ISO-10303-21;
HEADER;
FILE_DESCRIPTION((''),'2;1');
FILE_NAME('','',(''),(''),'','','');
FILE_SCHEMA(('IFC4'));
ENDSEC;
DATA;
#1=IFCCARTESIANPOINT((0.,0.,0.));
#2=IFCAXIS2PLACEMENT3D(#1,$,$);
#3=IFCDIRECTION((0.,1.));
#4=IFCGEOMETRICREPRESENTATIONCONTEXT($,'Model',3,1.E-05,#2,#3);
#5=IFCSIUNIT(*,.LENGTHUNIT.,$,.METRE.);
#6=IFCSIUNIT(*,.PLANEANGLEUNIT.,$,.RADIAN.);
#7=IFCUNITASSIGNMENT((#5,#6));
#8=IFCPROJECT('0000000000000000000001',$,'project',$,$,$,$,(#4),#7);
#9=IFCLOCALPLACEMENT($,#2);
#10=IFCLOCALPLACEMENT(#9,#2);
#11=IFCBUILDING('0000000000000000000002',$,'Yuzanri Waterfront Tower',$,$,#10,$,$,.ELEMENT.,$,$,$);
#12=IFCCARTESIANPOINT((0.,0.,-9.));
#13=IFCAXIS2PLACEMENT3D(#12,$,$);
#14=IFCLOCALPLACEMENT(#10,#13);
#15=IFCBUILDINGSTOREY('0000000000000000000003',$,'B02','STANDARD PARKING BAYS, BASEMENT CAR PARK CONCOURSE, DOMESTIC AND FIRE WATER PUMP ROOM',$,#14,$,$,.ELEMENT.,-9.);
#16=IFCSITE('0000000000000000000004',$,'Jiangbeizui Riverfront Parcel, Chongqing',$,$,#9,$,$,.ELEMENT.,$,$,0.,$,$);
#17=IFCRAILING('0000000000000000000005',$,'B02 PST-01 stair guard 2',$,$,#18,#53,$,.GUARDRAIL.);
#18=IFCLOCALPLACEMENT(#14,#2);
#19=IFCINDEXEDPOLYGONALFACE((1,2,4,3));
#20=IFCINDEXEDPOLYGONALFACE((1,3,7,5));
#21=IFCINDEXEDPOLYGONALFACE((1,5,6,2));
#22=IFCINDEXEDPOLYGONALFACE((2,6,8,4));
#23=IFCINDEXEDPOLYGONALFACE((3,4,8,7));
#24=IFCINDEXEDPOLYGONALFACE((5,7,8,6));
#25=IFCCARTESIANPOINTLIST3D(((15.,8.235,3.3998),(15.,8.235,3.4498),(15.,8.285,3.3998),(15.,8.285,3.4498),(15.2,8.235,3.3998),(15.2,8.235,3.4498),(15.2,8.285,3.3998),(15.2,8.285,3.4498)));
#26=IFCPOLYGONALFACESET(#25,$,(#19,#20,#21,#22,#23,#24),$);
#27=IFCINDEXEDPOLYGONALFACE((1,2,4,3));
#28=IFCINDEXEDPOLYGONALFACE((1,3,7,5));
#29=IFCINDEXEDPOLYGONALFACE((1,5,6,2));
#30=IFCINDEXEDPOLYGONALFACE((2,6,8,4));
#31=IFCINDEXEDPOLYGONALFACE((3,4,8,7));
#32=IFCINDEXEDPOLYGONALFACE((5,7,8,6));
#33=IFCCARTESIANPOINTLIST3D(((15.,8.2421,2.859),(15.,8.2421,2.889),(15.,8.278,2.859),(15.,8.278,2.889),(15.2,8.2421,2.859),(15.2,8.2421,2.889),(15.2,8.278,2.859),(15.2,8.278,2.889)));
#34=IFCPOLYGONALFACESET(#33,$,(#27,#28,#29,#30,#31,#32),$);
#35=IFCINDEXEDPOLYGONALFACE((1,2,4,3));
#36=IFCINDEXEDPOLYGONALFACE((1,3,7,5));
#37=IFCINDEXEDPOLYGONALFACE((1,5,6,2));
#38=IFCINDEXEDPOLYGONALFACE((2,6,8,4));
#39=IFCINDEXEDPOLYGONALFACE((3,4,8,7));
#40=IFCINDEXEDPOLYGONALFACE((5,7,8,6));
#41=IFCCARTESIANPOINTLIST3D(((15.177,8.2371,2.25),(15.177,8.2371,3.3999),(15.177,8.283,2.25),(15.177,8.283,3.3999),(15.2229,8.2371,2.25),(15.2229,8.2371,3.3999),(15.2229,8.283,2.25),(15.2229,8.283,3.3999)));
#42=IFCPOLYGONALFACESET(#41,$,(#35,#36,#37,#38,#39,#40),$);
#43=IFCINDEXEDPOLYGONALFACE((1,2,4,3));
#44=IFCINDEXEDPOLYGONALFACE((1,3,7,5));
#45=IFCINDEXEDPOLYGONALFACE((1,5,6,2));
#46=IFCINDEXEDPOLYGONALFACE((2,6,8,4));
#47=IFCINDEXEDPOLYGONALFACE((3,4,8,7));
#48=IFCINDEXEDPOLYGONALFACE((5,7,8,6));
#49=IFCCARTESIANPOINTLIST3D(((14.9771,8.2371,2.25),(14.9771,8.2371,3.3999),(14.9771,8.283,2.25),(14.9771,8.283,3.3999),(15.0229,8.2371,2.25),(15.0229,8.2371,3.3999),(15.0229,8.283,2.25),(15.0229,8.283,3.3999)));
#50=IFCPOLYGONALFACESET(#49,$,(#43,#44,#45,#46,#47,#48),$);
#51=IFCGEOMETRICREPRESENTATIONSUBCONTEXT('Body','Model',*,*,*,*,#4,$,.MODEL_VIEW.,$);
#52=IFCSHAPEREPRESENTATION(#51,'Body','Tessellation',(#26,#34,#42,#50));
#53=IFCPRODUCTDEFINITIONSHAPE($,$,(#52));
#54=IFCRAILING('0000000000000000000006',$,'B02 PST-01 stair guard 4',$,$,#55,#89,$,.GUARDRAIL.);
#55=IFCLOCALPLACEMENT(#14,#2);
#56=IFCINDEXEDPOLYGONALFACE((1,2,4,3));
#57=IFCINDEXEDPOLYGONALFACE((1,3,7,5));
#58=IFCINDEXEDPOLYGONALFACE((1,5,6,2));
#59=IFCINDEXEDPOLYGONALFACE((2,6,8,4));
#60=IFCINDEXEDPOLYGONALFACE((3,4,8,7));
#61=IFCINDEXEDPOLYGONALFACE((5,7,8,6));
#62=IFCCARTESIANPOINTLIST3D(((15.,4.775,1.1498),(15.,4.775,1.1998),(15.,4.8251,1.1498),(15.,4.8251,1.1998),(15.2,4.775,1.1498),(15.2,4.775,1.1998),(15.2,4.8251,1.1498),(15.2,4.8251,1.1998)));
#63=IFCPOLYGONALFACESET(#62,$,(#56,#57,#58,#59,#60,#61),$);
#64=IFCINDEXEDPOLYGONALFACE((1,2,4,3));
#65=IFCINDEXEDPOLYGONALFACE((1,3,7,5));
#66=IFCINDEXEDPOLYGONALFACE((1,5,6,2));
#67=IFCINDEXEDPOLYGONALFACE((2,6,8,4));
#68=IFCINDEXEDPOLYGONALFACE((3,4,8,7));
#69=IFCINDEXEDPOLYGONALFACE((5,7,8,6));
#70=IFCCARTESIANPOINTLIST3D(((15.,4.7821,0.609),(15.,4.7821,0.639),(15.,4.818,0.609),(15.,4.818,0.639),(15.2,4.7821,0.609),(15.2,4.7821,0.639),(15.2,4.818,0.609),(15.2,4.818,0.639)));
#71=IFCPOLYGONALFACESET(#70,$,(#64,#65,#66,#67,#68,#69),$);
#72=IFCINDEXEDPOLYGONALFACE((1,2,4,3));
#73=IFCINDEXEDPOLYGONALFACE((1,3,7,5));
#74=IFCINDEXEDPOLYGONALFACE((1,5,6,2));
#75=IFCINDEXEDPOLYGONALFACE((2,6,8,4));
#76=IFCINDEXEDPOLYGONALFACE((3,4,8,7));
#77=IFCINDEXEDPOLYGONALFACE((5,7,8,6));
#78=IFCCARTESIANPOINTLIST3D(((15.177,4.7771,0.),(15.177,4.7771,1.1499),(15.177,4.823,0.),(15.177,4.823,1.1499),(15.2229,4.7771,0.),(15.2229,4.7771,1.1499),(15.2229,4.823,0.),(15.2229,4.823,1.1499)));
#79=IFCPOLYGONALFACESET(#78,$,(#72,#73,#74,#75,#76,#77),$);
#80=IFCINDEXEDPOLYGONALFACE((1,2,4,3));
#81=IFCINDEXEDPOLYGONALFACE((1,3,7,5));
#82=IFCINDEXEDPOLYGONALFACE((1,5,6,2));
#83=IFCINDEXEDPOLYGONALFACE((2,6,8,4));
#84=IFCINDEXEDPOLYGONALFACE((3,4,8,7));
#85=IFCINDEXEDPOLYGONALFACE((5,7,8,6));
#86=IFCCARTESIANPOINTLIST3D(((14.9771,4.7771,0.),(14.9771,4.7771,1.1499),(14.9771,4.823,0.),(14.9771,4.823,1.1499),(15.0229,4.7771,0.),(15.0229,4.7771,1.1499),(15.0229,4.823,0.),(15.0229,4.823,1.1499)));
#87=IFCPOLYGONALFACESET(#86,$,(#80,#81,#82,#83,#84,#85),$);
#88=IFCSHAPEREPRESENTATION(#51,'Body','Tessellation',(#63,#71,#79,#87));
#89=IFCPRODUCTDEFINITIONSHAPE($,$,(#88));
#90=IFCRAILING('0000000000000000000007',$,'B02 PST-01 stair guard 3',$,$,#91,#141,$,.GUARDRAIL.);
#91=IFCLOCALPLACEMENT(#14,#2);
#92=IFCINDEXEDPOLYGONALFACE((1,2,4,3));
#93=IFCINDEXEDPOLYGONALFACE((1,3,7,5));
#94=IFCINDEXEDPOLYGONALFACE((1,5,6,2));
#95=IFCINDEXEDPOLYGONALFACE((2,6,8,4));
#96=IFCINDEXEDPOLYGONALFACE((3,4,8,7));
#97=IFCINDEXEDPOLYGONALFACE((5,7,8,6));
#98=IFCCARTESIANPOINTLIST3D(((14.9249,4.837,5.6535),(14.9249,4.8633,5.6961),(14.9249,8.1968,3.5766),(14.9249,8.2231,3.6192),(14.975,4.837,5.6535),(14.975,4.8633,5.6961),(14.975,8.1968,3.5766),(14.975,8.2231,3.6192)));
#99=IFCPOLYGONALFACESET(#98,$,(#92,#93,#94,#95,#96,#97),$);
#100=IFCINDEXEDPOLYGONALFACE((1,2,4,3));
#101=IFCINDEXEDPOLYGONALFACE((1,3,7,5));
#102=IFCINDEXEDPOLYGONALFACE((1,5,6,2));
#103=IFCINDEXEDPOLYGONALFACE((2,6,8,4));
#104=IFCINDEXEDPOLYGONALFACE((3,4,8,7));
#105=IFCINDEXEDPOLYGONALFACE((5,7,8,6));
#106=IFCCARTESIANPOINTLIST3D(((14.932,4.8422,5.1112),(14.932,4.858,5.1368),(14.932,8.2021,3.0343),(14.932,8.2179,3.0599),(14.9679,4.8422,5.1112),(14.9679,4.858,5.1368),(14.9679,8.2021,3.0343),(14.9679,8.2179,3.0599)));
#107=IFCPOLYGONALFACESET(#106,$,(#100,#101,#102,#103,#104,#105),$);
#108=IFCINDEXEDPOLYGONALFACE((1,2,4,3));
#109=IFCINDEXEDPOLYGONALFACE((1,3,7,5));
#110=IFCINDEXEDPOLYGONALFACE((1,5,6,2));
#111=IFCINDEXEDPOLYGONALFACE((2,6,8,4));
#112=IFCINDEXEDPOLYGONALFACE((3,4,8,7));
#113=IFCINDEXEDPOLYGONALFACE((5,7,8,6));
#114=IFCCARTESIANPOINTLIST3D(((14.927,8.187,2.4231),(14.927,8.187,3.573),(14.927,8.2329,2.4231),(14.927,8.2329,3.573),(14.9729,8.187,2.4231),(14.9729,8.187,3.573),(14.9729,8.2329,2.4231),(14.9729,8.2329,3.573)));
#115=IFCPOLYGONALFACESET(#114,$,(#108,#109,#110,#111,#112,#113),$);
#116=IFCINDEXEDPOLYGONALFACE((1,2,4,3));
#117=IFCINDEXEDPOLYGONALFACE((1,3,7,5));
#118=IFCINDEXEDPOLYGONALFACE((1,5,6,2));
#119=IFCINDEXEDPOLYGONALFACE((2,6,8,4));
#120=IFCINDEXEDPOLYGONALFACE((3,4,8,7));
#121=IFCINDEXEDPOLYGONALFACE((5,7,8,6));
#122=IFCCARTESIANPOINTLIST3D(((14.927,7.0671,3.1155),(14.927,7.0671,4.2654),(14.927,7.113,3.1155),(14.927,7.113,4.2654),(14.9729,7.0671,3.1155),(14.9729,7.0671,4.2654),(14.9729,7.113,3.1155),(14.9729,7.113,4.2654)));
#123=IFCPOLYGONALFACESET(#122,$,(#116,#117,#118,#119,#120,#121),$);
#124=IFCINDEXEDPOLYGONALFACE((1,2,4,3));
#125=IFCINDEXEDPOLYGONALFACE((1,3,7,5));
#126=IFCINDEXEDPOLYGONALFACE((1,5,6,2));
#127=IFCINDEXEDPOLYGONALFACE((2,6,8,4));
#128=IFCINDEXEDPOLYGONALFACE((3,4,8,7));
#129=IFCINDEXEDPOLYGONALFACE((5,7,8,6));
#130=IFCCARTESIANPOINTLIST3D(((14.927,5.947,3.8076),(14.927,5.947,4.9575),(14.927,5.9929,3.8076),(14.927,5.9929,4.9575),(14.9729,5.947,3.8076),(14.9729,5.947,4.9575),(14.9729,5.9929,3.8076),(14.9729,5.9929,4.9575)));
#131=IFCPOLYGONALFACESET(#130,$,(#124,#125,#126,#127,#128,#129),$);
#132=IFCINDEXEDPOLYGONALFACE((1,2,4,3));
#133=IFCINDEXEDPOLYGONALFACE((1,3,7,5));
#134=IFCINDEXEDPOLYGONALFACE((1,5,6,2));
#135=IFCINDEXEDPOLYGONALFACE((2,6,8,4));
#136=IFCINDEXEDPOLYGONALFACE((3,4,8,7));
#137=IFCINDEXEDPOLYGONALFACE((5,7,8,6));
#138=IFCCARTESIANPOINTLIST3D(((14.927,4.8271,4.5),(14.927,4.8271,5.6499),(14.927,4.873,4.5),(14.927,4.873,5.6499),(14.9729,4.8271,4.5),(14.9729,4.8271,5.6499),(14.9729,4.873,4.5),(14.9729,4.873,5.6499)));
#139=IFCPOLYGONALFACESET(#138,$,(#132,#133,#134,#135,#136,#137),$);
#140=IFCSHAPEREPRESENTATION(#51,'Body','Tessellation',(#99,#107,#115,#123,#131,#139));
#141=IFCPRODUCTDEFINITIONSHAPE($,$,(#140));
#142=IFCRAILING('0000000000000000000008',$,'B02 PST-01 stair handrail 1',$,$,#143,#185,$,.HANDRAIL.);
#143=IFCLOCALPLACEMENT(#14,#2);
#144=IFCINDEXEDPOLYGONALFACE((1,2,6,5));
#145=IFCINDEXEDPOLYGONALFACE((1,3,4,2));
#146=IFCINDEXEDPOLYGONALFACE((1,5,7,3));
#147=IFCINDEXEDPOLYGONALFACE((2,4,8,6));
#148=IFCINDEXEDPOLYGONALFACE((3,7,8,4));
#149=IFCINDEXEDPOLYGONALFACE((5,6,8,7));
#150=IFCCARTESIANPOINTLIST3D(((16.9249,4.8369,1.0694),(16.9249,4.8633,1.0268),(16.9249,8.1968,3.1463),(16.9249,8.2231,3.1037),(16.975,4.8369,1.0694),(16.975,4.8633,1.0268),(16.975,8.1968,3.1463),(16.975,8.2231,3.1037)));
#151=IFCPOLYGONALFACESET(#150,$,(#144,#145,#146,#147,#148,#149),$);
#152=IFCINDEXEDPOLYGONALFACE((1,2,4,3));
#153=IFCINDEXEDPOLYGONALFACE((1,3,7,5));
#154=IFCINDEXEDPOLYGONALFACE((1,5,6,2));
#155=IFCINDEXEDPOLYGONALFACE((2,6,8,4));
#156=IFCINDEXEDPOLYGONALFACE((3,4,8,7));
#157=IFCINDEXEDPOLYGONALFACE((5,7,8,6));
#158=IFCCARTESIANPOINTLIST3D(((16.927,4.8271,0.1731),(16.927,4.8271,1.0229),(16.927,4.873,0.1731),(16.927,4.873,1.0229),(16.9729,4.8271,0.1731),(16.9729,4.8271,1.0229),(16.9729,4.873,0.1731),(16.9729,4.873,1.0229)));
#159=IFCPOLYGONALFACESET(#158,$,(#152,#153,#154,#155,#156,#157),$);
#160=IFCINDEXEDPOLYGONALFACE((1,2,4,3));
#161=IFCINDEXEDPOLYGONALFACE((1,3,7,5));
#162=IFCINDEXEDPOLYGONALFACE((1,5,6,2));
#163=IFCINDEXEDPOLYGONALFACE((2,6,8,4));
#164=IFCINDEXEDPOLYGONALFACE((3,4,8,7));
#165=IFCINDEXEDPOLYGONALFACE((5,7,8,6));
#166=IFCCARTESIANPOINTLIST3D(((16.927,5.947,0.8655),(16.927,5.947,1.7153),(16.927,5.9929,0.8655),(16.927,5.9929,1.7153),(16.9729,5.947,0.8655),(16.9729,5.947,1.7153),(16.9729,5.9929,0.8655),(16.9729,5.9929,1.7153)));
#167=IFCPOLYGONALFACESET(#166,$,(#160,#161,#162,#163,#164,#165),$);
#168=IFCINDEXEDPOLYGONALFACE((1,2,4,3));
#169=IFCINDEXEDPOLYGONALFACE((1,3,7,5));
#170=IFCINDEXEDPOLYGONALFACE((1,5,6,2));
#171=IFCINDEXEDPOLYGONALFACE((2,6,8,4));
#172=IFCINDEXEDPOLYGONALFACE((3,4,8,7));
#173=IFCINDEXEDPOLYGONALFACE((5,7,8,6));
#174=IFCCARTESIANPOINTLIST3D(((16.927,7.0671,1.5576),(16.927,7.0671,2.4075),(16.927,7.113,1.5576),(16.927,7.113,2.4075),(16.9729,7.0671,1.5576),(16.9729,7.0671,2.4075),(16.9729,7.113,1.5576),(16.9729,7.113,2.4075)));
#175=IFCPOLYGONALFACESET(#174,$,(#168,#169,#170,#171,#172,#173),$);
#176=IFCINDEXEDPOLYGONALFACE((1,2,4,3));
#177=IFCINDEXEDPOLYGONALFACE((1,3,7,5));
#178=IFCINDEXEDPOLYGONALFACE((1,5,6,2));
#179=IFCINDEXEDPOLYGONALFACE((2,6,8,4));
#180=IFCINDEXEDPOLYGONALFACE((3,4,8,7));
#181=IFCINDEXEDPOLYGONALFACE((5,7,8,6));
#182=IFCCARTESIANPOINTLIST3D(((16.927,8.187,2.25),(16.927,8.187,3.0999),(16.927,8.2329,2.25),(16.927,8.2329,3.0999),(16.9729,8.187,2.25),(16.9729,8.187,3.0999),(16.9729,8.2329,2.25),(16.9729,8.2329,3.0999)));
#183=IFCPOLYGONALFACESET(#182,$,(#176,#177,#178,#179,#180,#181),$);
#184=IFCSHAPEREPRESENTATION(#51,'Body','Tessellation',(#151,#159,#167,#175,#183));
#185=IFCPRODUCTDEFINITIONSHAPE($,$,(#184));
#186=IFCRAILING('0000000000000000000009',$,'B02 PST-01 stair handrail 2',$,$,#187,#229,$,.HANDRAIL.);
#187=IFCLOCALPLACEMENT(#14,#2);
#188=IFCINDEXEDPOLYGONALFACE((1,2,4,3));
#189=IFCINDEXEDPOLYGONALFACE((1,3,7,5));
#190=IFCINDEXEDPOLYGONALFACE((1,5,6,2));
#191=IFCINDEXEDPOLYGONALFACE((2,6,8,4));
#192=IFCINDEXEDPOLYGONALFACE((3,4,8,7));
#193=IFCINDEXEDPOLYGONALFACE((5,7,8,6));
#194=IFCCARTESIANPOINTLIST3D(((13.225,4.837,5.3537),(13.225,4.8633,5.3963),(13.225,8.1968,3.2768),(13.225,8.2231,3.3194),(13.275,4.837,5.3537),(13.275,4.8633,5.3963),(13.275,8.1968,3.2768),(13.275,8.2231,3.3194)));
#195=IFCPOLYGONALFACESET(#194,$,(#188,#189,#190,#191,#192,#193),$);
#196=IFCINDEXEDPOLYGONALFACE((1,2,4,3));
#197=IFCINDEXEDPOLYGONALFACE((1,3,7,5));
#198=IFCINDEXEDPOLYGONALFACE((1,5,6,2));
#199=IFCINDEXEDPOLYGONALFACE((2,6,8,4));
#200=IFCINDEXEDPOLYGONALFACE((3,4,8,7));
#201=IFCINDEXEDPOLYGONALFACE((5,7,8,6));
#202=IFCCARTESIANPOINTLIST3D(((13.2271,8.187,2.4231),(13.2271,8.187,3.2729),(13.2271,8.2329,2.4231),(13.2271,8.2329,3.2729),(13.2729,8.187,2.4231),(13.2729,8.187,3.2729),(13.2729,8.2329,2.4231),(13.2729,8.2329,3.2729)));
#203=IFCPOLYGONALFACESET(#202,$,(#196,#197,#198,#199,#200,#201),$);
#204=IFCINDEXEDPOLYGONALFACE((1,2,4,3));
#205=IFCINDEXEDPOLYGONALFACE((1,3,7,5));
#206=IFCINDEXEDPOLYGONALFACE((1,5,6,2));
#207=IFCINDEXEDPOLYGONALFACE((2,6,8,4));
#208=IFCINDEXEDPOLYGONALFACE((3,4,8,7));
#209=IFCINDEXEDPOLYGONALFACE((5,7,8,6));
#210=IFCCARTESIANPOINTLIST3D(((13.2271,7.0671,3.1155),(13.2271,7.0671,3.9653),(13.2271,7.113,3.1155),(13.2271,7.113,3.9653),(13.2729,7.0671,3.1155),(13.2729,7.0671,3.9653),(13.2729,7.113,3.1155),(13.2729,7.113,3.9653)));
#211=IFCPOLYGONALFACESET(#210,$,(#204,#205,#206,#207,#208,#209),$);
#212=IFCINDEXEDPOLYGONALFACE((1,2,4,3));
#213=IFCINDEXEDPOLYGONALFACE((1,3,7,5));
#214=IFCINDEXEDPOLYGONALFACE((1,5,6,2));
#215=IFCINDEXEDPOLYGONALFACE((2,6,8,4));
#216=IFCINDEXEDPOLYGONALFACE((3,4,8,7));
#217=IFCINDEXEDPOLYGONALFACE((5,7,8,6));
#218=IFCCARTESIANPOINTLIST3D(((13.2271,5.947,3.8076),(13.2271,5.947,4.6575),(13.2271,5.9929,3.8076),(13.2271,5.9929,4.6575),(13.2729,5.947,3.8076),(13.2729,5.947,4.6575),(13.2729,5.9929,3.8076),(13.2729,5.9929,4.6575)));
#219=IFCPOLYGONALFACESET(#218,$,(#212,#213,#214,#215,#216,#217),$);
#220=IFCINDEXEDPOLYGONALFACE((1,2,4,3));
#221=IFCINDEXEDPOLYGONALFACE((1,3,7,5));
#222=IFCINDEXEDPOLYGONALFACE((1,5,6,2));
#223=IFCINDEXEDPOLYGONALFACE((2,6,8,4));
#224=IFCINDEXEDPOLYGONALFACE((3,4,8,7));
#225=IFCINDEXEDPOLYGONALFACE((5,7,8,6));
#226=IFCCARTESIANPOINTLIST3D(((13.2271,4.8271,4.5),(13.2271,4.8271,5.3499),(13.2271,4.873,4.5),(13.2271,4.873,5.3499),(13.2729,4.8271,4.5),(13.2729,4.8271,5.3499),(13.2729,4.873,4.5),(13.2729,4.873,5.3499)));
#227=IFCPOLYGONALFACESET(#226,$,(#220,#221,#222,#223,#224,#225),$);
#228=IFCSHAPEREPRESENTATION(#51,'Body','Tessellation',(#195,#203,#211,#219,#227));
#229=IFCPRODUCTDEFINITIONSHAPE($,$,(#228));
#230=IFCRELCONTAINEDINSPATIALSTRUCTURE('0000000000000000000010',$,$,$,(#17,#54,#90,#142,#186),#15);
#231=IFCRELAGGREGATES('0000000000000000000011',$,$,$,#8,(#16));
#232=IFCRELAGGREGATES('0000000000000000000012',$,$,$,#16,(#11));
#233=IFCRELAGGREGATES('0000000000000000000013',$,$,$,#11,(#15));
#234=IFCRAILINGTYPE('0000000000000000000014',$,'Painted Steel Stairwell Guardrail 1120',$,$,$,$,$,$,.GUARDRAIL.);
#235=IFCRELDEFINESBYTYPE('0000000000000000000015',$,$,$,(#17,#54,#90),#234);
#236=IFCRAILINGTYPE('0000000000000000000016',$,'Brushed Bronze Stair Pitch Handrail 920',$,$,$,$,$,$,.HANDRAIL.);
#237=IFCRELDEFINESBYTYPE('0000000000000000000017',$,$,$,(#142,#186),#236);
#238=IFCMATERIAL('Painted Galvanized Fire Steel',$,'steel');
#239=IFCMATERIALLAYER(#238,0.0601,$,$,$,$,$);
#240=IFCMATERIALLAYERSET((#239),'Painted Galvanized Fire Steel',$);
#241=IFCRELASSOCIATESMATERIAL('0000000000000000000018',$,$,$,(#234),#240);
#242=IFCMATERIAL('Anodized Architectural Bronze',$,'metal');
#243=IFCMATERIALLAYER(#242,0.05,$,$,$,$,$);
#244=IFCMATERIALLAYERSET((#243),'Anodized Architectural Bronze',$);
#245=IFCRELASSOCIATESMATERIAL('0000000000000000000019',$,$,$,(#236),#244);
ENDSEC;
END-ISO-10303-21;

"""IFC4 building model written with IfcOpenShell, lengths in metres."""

from ifc_helpers import new_model, si_unit, direction, frame, origin, origin_2d, place, context, subcontext, project, spatial, rectangle, extrude, source, transform, mapped, material, layer, layer_set, type_object, element, save


model = new_model("IFC4")

# Units and contexts
model_context = context("Model", 3, precision=1e-05, world=origin(), true_north=direction((0.0, 1.0)))
body_context = subcontext(model_context, "Body", "Model", "MODEL_VIEW")
ifc_project = project(units=[si_unit("LENGTHUNIT", "METRE"), si_unit("PLANEANGLEUNIT", "RADIAN")], contexts=[model_context])

# Site, building, storey
site_placement = place(None, origin())
site = spatial("IfcSite", under=ifc_project, at=site_placement, Name="Jiangbeizui Riverfront Parcel, Chongqing", CompositionType="ELEMENT", RefElevation=0.0)
building_placement = place(site_placement, origin())
building = spatial("IfcBuilding", under=site, at=building_placement, Name="Yuzanri Waterfront Tower", CompositionType="ELEMENT")
storey_placement = place(building_placement, frame((0.0, 0.0, -9.0)))
storey = spatial("IfcBuildingStorey", under=building, at=storey_placement, Name="B02", Description="STANDARD PARKING BAYS, BASEMENT CAR PARK CONCOURSE, DOMESTIC AND FIRE WATER PUMP ROOM", CompositionType="ELEMENT", Elevation=-9.0)

# Railings
ifc_material_1 = material(Name="Painted Galvanized Fire Steel", Category="steel")
ifc_layer_1 = layer(ifc_material_1, 0.0601)
ifc_layer_set_1 = layer_set([ifc_layer_1], Name="Painted Galvanized Fire Steel")
railing_type_1 = type_object("IfcRailingType", Name="Painted Steel Stairwell Guardrail 1120", PredefinedType="GUARDRAIL", material=ifc_layer_set_1)
shared_shape_1 = source(origin(), body_context, "Body", "SweptSolid", [
    extrude(rectangle(XDim=0.05, YDim=0.05, at=origin_2d()), frame((0.0, 0.0, 1.1748), z_axis=(-1.0, 0.0, 0.0), x_axis=(0.0, -1.0, 0.0)), (0.0, 0.0, 1.0), 0.2),
    extrude(rectangle(XDim=0.0359, YDim=0.03, at=origin_2d()), frame((0.0, 0.0, 0.624), z_axis=(-1.0, 0.0, 0.0), x_axis=(0.0, -1.0, 0.0)), (0.0, 0.0, 1.0), 0.2),
    extrude(rectangle(XDim=0.0459, YDim=0.0459, at=origin_2d()), origin(), (0.0, 0.0, 1.0), 1.1499),
    extrude(rectangle(XDim=0.0459, YDim=0.0459, at=origin_2d()), frame((-0.2, 0.0, 0.0)), (0.0, 0.0, 1.0), 1.1499),
])
for number, where, name in (
    (1, (15.2, 8.26, 2.25), "B02 PST-01 stair guard 2"),
    (2, (15.2, 4.8, 0.0), "B02 PST-01 stair guard 4"),
):
    element("IfcRailing", number, at=place(storey_placement, frame(where)), inside=storey, type_object=railing_type_1, Name=name, PredefinedType="GUARDRAIL", context=body_context, shape_type="MappedRepresentation", body=[
        mapped(shared_shape_1, transform((0.0, 0.0, 0.0), scale=1.0)),
    ])
shared_shape_2 = source(origin(), body_context, "Body", "SweptSolid", [
    extrude(rectangle(XDim=0.05, YDim=0.05, at=origin_2d()), frame((0.0, 0.0, 1.1748), z_axis=(0.0, -0.850606, 0.525803), x_axis=(1.0, 0.0, 0.0)), (0.0, 0.0, 1.0), 3.95),
    extrude(rectangle(XDim=0.0359, YDim=0.03, at=origin_2d()), frame((0.0, 0.0, 0.624), z_axis=(0.0, -0.850606, 0.525803), x_axis=(1.0, 0.0, 0.0)), (0.0, 0.0, 1.0), 3.95),
    extrude(rectangle(XDim=0.0459, YDim=0.0459, at=origin_2d()), origin(), (0.0, 0.0, 1.0), 1.1499),
    extrude(rectangle(XDim=0.0459, YDim=0.0459, at=origin_2d()), frame((0.0, -1.1199, 0.6924)), (0.0, 0.0, 1.0), 1.1499),
    extrude(rectangle(XDim=0.0459, YDim=0.0459, at=origin_2d()), frame((0.0, -2.24, 1.3845)), (0.0, 0.0, 1.0), 1.1499),
    extrude(rectangle(XDim=0.0459, YDim=0.0459, at=origin_2d()), frame((0.0, -3.3599, 2.0769)), (0.0, 0.0, 1.0), 1.1499),
])
railing_1_placement = place(storey_placement, frame((14.95, 8.21, 2.4231)))
element("IfcRailing", 3, at=railing_1_placement, inside=storey, type_object=railing_type_1, Name="B02 PST-01 stair guard 3", PredefinedType="GUARDRAIL", context=body_context, shape_type="MappedRepresentation", body=[
    mapped(shared_shape_2, transform((0.0, 0.0, 0.0), scale=1.0)),
])
ifc_material_2 = material(Name="Anodized Architectural Bronze", Category="metal")
ifc_layer_2 = layer(ifc_material_2, 0.05)
ifc_layer_set_2 = layer_set([ifc_layer_2], Name="Anodized Architectural Bronze")
railing_type_2 = type_object("IfcRailingType", Name="Brushed Bronze Stair Pitch Handrail 920", PredefinedType="HANDRAIL", material=ifc_layer_set_2)
shared_shape_3 = source(origin(), body_context, "Body", "SweptSolid", [
    extrude(rectangle(XDim=0.05, YDim=0.05, at=origin_2d()), frame((0.0, 0.0, 0.875), z_axis=(0.0, 0.850606, 0.525803), x_axis=(-1.0, 0.0, 0.0)), (0.0, 0.0, 1.0), 3.95),
    extrude(rectangle(XDim=0.0459, YDim=0.0459, at=origin_2d()), origin(), (0.0, 0.0, 1.0), 0.8499),
    extrude(rectangle(XDim=0.0459, YDim=0.0459, at=origin_2d()), frame((0.0, 1.1199, 0.6924)), (0.0, 0.0, 1.0), 0.8499),
    extrude(rectangle(XDim=0.0459, YDim=0.0459, at=origin_2d()), frame((0.0, 2.24, 1.3845)), (0.0, 0.0, 1.0), 0.8499),
    extrude(rectangle(XDim=0.0459, YDim=0.0459, at=origin_2d()), frame((0.0, 3.3599, 2.0769)), (0.0, 0.0, 1.0), 0.8499),
])
railing_2_placement = place(storey_placement, frame((16.95, 4.8501, 0.1731)))
element("IfcRailing", 4, at=railing_2_placement, inside=storey, type_object=railing_type_2, Name="B02 PST-01 stair handrail 1", PredefinedType="HANDRAIL", context=body_context, shape_type="MappedRepresentation", body=[
    mapped(shared_shape_3, transform((0.0, 0.0, 0.0), scale=1.0)),
])
shared_shape_4 = source(origin(), body_context, "Body", "SweptSolid", [
    extrude(rectangle(XDim=0.05, YDim=0.05, at=origin_2d()), frame((0.0, 0.0, 0.875), z_axis=(0.0, -0.850606, 0.525803), x_axis=(1.0, 0.0, 0.0)), (0.0, 0.0, 1.0), 3.95),
    extrude(rectangle(XDim=0.0459, YDim=0.0459, at=origin_2d()), origin(), (0.0, 0.0, 1.0), 0.8499),
    extrude(rectangle(XDim=0.0459, YDim=0.0459, at=origin_2d()), frame((0.0, -1.1199, 0.6924)), (0.0, 0.0, 1.0), 0.8499),
    extrude(rectangle(XDim=0.0459, YDim=0.0459, at=origin_2d()), frame((0.0, -2.24, 1.3845)), (0.0, 0.0, 1.0), 0.8499),
    extrude(rectangle(XDim=0.0459, YDim=0.0459, at=origin_2d()), frame((0.0, -3.3599, 2.0769)), (0.0, 0.0, 1.0), 0.8499),
])
railing_3_placement = place(storey_placement, frame((13.25, 8.21, 2.4231)))
element("IfcRailing", 5, at=railing_3_placement, inside=storey, type_object=railing_type_2, Name="B02 PST-01 stair handrail 2", PredefinedType="HANDRAIL", context=body_context, shape_type="MappedRepresentation", body=[
    mapped(shared_shape_4, transform((0.0, 0.0, 0.0), scale=1.0)),
])

save(model, "model.ifc")
